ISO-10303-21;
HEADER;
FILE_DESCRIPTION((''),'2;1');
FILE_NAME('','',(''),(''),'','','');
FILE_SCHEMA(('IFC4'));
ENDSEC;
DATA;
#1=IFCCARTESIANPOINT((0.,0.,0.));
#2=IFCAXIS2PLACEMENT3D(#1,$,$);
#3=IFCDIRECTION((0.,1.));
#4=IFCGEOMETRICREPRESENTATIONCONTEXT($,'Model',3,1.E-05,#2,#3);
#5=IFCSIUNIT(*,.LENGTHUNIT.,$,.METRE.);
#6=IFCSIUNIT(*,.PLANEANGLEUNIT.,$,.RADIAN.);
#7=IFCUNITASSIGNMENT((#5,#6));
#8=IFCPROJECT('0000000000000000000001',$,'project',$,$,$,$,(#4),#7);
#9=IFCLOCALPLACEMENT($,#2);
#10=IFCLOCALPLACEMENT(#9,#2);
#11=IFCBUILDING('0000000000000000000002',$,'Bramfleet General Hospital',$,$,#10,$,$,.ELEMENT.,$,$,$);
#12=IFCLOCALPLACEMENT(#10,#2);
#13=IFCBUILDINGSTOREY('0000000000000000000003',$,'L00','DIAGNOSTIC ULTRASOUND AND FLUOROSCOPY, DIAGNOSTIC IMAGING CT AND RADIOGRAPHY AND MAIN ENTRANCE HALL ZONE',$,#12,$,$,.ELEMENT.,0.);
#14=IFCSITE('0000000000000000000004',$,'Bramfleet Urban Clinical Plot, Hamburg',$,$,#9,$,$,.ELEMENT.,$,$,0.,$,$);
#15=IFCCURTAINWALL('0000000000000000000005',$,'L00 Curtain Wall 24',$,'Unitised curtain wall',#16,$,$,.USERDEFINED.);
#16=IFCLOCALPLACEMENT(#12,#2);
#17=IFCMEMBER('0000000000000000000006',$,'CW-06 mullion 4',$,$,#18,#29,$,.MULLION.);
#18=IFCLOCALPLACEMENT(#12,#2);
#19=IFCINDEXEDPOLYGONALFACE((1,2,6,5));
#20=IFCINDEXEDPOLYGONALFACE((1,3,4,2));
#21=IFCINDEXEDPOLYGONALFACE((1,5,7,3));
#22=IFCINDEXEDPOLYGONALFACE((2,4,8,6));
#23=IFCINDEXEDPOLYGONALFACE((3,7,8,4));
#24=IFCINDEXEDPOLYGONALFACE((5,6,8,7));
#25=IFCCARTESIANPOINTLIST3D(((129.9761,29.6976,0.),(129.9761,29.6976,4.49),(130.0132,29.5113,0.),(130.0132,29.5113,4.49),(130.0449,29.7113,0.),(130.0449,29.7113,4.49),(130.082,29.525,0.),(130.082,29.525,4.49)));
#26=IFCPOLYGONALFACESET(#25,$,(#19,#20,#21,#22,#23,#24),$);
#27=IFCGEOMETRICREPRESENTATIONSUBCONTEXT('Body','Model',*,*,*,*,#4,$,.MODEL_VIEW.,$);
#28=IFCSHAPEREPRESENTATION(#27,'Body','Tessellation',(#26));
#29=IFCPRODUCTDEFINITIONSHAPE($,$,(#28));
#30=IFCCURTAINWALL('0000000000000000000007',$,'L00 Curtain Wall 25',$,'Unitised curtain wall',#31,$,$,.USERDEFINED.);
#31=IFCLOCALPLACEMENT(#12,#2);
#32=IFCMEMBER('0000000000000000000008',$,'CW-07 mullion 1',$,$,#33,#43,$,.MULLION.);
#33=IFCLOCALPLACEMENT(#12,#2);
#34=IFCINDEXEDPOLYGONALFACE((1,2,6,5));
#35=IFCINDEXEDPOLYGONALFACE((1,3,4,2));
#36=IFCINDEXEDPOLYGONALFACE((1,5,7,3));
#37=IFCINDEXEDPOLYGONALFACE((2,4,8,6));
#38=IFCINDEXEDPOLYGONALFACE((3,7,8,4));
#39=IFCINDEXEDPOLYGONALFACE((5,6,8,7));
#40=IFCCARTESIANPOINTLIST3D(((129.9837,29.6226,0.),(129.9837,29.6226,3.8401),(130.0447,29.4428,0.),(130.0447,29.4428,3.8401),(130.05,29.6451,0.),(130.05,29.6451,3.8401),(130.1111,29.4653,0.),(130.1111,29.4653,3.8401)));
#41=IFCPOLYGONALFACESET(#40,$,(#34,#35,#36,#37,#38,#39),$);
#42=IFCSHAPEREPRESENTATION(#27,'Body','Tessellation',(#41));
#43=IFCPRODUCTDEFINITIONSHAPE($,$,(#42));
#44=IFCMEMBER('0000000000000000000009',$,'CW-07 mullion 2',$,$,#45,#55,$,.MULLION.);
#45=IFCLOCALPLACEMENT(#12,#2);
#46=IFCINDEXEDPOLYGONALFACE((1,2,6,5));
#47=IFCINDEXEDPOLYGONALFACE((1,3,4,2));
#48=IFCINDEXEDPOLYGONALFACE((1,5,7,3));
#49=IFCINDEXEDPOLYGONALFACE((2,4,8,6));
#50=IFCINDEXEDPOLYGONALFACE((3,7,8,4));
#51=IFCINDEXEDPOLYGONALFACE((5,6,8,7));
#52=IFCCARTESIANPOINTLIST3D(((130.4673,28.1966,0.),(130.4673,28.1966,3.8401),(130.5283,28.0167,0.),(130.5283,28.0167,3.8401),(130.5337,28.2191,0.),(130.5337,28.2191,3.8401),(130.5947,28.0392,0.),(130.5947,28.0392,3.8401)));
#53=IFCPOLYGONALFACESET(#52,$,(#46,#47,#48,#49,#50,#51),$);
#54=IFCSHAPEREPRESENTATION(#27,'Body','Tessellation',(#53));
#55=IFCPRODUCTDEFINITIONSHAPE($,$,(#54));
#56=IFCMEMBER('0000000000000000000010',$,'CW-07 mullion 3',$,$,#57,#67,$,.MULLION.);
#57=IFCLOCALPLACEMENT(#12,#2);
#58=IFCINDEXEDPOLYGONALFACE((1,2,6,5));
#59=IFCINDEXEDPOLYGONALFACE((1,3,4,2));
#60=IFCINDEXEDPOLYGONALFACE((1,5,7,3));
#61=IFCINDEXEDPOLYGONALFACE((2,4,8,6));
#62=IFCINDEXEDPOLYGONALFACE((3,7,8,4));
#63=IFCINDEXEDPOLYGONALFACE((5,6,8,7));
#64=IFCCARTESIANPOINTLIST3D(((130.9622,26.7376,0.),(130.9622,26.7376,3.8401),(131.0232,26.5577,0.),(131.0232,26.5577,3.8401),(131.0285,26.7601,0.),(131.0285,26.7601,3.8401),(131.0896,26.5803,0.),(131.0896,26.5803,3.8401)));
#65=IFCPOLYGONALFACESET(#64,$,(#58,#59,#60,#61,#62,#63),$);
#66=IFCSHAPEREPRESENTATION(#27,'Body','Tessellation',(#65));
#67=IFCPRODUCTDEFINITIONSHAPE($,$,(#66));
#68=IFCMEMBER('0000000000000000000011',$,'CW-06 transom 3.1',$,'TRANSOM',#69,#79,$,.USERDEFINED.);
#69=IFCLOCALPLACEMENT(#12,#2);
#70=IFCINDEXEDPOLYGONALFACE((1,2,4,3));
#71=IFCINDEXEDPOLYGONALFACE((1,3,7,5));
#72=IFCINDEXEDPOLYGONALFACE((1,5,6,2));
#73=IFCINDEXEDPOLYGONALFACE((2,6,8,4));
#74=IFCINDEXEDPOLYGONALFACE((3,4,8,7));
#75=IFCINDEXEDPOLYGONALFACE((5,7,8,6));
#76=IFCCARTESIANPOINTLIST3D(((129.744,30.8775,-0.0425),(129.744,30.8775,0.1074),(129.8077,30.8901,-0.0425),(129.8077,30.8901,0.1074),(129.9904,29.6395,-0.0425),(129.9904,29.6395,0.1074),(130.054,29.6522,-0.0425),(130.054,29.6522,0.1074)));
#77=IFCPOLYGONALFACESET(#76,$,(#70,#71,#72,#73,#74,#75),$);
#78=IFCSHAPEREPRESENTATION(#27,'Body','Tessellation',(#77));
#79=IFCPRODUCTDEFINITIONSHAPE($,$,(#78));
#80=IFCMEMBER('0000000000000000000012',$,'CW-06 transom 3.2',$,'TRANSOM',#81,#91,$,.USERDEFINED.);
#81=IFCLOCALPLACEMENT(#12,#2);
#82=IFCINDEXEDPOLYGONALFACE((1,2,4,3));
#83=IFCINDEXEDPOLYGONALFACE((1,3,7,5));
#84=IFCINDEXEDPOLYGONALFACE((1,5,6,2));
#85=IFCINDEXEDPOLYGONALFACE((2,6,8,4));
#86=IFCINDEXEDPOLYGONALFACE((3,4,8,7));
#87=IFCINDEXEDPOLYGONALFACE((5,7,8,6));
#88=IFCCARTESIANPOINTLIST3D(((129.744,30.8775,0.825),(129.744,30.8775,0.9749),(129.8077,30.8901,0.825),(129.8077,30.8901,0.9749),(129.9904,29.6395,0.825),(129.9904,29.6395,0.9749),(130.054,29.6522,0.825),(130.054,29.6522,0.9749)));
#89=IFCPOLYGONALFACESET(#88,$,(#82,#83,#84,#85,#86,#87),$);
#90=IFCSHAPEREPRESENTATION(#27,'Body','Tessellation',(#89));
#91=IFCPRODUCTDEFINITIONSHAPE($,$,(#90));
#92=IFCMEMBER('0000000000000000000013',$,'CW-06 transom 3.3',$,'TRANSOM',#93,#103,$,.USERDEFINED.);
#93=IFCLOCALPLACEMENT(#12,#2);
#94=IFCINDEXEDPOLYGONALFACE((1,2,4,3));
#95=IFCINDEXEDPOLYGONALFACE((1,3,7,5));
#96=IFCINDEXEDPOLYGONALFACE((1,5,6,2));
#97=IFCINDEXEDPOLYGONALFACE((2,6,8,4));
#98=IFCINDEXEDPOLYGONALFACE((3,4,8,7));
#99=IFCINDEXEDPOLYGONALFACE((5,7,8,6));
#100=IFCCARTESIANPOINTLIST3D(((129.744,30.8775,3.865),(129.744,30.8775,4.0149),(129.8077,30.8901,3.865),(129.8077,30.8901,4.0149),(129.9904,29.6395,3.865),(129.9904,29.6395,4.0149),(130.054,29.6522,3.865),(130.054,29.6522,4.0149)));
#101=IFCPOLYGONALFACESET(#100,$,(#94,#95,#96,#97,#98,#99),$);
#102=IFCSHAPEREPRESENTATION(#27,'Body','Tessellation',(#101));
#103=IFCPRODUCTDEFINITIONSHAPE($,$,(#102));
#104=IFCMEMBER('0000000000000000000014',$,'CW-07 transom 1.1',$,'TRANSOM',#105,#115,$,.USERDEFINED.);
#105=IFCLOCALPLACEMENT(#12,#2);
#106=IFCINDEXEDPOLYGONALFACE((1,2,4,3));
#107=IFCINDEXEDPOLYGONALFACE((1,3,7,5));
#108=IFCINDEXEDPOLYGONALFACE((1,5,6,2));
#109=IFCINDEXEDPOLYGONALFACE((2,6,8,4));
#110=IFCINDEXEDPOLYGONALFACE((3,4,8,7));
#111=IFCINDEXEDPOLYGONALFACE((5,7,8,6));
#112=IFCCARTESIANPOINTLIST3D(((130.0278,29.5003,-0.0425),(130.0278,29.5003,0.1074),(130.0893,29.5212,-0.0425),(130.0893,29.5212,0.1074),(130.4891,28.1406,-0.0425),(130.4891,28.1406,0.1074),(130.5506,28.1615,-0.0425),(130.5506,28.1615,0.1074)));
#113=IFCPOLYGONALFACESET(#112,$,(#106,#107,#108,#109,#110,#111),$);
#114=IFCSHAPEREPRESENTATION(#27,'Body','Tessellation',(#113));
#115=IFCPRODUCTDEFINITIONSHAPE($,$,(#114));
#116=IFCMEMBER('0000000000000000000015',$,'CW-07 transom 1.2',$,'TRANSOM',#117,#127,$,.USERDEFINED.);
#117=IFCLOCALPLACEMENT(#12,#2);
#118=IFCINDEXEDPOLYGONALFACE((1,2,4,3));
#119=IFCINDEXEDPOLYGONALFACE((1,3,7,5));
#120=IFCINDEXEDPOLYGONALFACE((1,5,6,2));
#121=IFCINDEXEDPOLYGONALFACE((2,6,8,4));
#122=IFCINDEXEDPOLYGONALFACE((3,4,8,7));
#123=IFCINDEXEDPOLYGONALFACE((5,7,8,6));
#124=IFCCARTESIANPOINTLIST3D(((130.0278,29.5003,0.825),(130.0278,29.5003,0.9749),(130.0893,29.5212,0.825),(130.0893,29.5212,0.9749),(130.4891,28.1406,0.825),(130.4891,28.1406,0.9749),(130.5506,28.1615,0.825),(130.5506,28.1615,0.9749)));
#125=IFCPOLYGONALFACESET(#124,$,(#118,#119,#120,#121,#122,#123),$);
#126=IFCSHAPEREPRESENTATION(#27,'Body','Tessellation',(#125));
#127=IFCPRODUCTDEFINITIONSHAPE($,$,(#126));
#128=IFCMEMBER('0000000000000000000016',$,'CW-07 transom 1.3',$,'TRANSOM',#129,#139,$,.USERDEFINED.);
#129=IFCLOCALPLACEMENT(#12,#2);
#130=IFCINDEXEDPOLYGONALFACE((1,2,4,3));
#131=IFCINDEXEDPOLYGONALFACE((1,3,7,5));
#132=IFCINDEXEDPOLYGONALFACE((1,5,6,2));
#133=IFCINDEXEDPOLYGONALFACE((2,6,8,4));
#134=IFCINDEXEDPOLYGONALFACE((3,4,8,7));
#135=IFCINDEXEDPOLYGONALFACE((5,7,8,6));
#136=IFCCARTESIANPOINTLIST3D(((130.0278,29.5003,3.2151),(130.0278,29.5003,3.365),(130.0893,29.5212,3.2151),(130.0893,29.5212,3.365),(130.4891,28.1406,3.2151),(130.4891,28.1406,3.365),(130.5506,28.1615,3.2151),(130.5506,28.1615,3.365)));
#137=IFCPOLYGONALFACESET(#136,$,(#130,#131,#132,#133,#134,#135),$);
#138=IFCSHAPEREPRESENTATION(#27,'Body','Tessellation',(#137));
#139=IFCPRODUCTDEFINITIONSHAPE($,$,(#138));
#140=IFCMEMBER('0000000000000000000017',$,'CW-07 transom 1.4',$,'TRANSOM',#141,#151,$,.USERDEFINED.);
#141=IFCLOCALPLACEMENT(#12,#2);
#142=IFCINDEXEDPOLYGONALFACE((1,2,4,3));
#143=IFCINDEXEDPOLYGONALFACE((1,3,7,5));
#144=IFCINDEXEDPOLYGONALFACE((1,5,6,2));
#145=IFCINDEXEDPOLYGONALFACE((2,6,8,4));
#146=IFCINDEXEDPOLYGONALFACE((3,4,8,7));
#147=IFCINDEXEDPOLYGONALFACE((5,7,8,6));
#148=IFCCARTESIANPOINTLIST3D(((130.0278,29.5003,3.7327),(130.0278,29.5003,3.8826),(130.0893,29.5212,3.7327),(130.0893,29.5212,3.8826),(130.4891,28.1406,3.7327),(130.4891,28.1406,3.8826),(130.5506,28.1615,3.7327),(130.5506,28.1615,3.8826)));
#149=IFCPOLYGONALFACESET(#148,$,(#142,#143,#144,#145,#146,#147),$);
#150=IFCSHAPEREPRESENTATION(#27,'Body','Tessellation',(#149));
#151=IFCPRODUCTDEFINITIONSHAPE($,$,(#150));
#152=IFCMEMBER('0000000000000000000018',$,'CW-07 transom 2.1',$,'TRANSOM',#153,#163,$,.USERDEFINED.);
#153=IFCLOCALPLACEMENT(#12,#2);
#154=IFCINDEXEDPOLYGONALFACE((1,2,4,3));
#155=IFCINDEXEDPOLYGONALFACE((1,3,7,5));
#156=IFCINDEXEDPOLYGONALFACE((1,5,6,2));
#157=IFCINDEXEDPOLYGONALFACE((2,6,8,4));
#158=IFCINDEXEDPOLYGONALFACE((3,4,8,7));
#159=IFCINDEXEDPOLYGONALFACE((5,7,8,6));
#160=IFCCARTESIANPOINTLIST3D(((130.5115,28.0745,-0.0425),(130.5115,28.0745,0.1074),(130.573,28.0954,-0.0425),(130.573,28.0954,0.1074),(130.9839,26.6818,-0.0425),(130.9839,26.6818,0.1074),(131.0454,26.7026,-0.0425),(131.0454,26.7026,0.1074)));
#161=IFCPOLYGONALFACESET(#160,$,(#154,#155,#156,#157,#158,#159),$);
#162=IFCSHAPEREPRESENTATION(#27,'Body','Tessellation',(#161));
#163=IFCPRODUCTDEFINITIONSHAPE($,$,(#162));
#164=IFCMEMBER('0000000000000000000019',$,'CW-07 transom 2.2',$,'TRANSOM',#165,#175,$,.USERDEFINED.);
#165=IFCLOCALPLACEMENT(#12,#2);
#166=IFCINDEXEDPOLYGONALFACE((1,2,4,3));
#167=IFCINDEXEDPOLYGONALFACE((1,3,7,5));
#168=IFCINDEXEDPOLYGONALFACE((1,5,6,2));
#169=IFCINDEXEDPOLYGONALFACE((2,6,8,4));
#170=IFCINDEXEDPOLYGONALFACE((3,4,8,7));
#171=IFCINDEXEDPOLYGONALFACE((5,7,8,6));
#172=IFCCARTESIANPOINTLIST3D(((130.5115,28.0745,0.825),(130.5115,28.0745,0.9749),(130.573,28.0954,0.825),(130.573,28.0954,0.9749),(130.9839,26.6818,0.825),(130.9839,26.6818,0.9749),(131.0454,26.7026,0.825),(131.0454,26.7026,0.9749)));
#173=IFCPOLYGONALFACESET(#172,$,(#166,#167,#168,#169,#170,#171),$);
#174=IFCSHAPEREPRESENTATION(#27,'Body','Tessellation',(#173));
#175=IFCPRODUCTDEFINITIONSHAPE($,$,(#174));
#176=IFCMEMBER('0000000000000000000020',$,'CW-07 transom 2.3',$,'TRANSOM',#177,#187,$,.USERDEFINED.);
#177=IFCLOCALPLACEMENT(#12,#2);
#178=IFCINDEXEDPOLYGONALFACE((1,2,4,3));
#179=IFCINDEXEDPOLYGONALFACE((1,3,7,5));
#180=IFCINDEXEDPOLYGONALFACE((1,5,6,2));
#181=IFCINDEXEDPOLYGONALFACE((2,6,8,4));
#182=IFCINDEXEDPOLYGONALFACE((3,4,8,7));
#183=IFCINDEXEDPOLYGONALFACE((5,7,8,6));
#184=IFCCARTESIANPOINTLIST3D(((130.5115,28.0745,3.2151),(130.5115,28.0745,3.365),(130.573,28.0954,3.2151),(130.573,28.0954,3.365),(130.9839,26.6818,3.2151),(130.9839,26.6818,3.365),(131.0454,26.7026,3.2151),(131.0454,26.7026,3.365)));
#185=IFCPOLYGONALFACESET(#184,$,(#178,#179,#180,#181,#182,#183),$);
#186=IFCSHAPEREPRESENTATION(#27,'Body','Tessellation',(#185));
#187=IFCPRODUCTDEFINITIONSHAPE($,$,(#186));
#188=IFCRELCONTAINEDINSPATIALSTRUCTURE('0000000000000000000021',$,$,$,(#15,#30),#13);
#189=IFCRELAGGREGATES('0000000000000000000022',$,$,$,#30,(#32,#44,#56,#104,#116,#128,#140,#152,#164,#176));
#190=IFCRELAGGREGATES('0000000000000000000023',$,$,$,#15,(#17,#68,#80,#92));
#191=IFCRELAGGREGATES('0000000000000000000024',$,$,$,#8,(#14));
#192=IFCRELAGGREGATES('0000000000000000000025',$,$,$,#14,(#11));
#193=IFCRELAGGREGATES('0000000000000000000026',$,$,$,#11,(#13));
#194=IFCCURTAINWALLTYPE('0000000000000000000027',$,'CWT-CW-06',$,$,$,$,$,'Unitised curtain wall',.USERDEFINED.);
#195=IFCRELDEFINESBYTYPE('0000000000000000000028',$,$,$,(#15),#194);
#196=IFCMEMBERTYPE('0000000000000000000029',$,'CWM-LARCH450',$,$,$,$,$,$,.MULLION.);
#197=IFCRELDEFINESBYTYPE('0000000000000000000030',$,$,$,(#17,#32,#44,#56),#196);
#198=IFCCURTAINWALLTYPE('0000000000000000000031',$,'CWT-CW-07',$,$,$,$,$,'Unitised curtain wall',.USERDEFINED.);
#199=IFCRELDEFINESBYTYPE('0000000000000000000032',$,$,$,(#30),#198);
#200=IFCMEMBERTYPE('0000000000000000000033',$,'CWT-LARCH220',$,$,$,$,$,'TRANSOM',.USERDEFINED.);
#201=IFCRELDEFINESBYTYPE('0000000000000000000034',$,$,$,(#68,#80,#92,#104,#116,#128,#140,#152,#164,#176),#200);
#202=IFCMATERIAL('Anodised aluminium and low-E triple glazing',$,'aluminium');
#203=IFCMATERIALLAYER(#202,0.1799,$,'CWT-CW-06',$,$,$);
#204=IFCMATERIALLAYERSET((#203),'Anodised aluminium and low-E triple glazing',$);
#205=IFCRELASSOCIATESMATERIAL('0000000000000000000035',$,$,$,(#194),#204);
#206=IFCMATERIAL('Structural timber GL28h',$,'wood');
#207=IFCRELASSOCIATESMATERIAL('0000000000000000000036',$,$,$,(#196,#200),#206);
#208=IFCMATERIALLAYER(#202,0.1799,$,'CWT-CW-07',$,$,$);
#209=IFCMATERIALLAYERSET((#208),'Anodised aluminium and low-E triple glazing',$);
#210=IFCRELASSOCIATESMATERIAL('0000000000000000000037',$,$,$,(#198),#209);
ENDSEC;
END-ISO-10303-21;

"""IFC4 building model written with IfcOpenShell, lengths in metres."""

from ifc_helpers import new_model, si_unit, direction, frame, origin, origin_2d, place, context, subcontext, project, spatial, rectangle, extrude, material, layer, layer_set, material_profile, profile_set, type_object, element, aggregate, save


model = new_model("IFC4")

# Units and contexts
model_context = context("Model", 3, precision=1e-05, world=origin(), true_north=direction((0.0, 1.0)))
body_context = subcontext(model_context, "Body", "Model", "MODEL_VIEW")
ifc_project = project(units=[si_unit("LENGTHUNIT", "METRE"), si_unit("PLANEANGLEUNIT", "RADIAN")], contexts=[model_context])

# Site, building, storey
site_placement = place(None, origin())
site = spatial("IfcSite", under=ifc_project, at=site_placement, Name="Bramfleet Urban Clinical Plot, Hamburg", CompositionType="ELEMENT", RefElevation=0.0)
building_placement = place(site_placement, origin())
building = spatial("IfcBuilding", under=site, at=building_placement, Name="Bramfleet General Hospital", CompositionType="ELEMENT")
storey_placement = place(building_placement, origin())
storey = spatial("IfcBuildingStorey", under=building, at=storey_placement, Name="L00", Description="DIAGNOSTIC ULTRASOUND AND FLUOROSCOPY, DIAGNOSTIC IMAGING CT AND RADIOGRAPHY AND MAIN ENTRANCE HALL ZONE", CompositionType="ELEMENT", Elevation=0.0)

# Curtain wall, member
ifc_material_1 = material(Name="Anodised aluminium and low-E triple glazing", Category="aluminium")
ifc_layer_1 = layer(ifc_material_1, 0.1799, Name="CWT-CW-06")
ifc_layer_set_1 = layer_set([ifc_layer_1], Name="Anodised aluminium and low-E triple glazing")
curtain_wall_type_1 = type_object("IfcCurtainWallType", Name="CWT-CW-06", ElementType="Unitised curtain wall", PredefinedType="USERDEFINED", material=ifc_layer_set_1)
curtain_wall_1_placement = place(storey_placement, origin())
curtain_wall_1 = element("IfcCurtainWall", 1, at=curtain_wall_1_placement, inside=storey, type_object=curtain_wall_type_1, Name="L00 Curtain Wall 24", ObjectType="Unitised curtain wall", PredefinedType="USERDEFINED")
ifc_material_2 = material(Name="Structural timber GL28h", Category="wood")
ifc_material_profile_1 = material_profile(ifc_material_2, rectangle(XDim=0.0701, YDim=0.1899, at=origin_2d()), Name="LARCH 190x70")
ifc_profile_set_1 = profile_set([ifc_material_profile_1], Name="Structural timber GL28h")
member_type_1 = type_object("IfcMemberType", Name="CWM-LARCH450", PredefinedType="MULLION", material=ifc_profile_set_1)
member_1_placement = place(storey_placement, frame((130.0291, 29.6113, 0.0), z_axis=(0.0, 0.0, 1.0), x_axis=(0.980749, 0.195272, 0.0)))
member_1 = element("IfcMember", 2, at=member_1_placement, type_object=member_type_1, Name="CW-06 mullion 4", PredefinedType="MULLION", context=body_context, shape_type="SweptSolid", body=[
    extrude(rectangle(XDim=0.0701, YDim=0.1899, at=origin_2d()), origin(), (0.0, 0.0, 1.0), 4.49),
])

# Curtain wall, members
ifc_layer_2 = layer(ifc_material_1, 0.1799, Name="CWT-CW-07")
ifc_layer_set_2 = layer_set([ifc_layer_2], Name="Anodised aluminium and low-E triple glazing")
curtain_wall_type_2 = type_object("IfcCurtainWallType", Name="CWT-CW-07", ElementType="Unitised curtain wall", PredefinedType="USERDEFINED", material=ifc_layer_set_2)
curtain_wall_2_placement = place(storey_placement, origin())
curtain_wall_2 = element("IfcCurtainWall", 3, at=curtain_wall_2_placement, inside=storey, type_object=curtain_wall_type_2, Name="L00 Curtain Wall 25", ObjectType="Unitised curtain wall", PredefinedType="USERDEFINED")
member_2_placement = place(storey_placement, frame((130.0474, 29.5439, 0.0), z_axis=(0.0, 0.0, 1.0), x_axis=(0.946982, 0.321286, 0.0)))
member_2 = element("IfcMember", 4, at=member_2_placement, type_object=member_type_1, Name="CW-07 mullion 1", PredefinedType="MULLION", context=body_context, shape_type="SweptSolid", body=[
    extrude(rectangle(XDim=0.0701, YDim=0.1899, at=origin_2d()), origin(), (0.0, 0.0, 1.0), 3.8401),
])
member_3_placement = place(storey_placement, frame((130.531, 28.1179, 0.0), z_axis=(0.0, 0.0, 1.0), x_axis=(0.946982, 0.321286, 0.0)))
member_3 = element("IfcMember", 5, at=member_3_placement, type_object=member_type_1, Name="CW-07 mullion 2", PredefinedType="MULLION", context=body_context, shape_type="SweptSolid", body=[
    extrude(rectangle(XDim=0.0701, YDim=0.1899, at=origin_2d()), origin(), (0.0, 0.0, 1.0), 3.8401),
])
member_4_placement = place(storey_placement, frame((131.0259, 26.6589, 0.0), z_axis=(0.0, 0.0, 1.0), x_axis=(0.946982, 0.321286, 0.0)))
member_4 = element("IfcMember", 6, at=member_4_placement, type_object=member_type_1, Name="CW-07 mullion 3", PredefinedType="MULLION", context=body_context, shape_type="SweptSolid", body=[
    extrude(rectangle(XDim=0.0701, YDim=0.1899, at=origin_2d()), origin(), (0.0, 0.0, 1.0), 3.8401),
])

# Members
ifc_material_profile_2 = material_profile(ifc_material_2, rectangle(XDim=0.0649, YDim=0.1499, at=origin_2d()), Name="LARCH 150x65")
ifc_profile_set_2 = profile_set([ifc_material_profile_2], Name="Structural timber GL28h")
member_type_2 = type_object("IfcMemberType", Name="CWT-LARCH220", ElementType="TRANSOM", PredefinedType="USERDEFINED", material=ifc_profile_set_2)
member_5_placement = place(storey_placement, frame((129.7759, 30.8838, 0.0325), z_axis=(0.195149, -0.980774, 0.0), x_axis=(0.980774, 0.195149, 0.0)))
member_5 = element("IfcMember", 7, at=member_5_placement, type_object=member_type_2, Name="CW-06 transom 3.1", ObjectType="TRANSOM", PredefinedType="USERDEFINED", context=body_context, shape_type="SweptSolid", body=[
    extrude(rectangle(XDim=0.0649, YDim=0.1499, at=origin_2d()), origin(), (0.0, 0.0, 1.0), 1.2622),
])
member_6_placement = place(storey_placement, frame((129.7759, 30.8838, 0.8999), z_axis=(0.195149, -0.980774, 0.0), x_axis=(0.980774, 0.195149, 0.0)))
member_6 = element("IfcMember", 8, at=member_6_placement, type_object=member_type_2, Name="CW-06 transom 3.2", ObjectType="TRANSOM", PredefinedType="USERDEFINED", context=body_context, shape_type="SweptSolid", body=[
    extrude(rectangle(XDim=0.0649, YDim=0.1499, at=origin_2d()), origin(), (0.0, 0.0, 1.0), 1.2622),
])
member_7_placement = place(storey_placement, frame((129.7759, 30.8838, 3.9399), z_axis=(0.195149, -0.980774, 0.0), x_axis=(0.980774, 0.195149, 0.0)))
member_7 = element("IfcMember", 9, at=member_7_placement, type_object=member_type_2, Name="CW-06 transom 3.3", ObjectType="TRANSOM", PredefinedType="USERDEFINED", context=body_context, shape_type="SweptSolid", body=[
    extrude(rectangle(XDim=0.0649, YDim=0.1499, at=origin_2d()), origin(), (0.0, 0.0, 1.0), 1.2622),
])
member_8_placement = place(storey_placement, frame((130.0586, 29.5107, 0.0325), z_axis=(0.321223, -0.947004, 0.0), x_axis=(0.947004, 0.321223, 0.0)))
member_8 = element("IfcMember", 10, at=member_8_placement, type_object=member_type_2, Name="CW-07 transom 1.1", ObjectType="TRANSOM", PredefinedType="USERDEFINED", context=body_context, shape_type="SweptSolid", body=[
    extrude(rectangle(XDim=0.0649, YDim=0.1499, at=origin_2d()), origin(), (0.0, 0.0, 1.0), 1.4358),
])
member_9_placement = place(storey_placement, frame((130.0586, 29.5107, 0.8999), z_axis=(0.321223, -0.947004, 0.0), x_axis=(0.947004, 0.321223, 0.0)))
member_9 = element("IfcMember", 11, at=member_9_placement, type_object=member_type_2, Name="CW-07 transom 1.2", ObjectType="TRANSOM", PredefinedType="USERDEFINED", context=body_context, shape_type="SweptSolid", body=[
    extrude(rectangle(XDim=0.0649, YDim=0.1499, at=origin_2d()), origin(), (0.0, 0.0, 1.0), 1.4358),
])
member_10_placement = place(storey_placement, frame((130.0586, 29.5107, 3.29), z_axis=(0.321223, -0.947004, 0.0), x_axis=(0.947004, 0.321223, 0.0)))
member_10 = element("IfcMember", 12, at=member_10_placement, type_object=member_type_2, Name="CW-07 transom 1.3", ObjectType="TRANSOM", PredefinedType="USERDEFINED", context=body_context, shape_type="SweptSolid", body=[
    extrude(rectangle(XDim=0.0649, YDim=0.1499, at=origin_2d()), origin(), (0.0, 0.0, 1.0), 1.4358),
])
member_11_placement = place(storey_placement, frame((130.0586, 29.5107, 3.8076), z_axis=(0.321223, -0.947004, 0.0), x_axis=(0.947004, 0.321223, 0.0)))
member_11 = element("IfcMember", 13, at=member_11_placement, type_object=member_type_2, Name="CW-07 transom 1.4", ObjectType="TRANSOM", PredefinedType="USERDEFINED", context=body_context, shape_type="SweptSolid", body=[
    extrude(rectangle(XDim=0.0649, YDim=0.1499, at=origin_2d()), origin(), (0.0, 0.0, 1.0), 1.4358),
])
member_12_placement = place(storey_placement, frame((130.5422, 28.085, 0.0325), z_axis=(0.321203, -0.94701, 0.0), x_axis=(0.94701, 0.321203, 0.0)))
member_12 = element("IfcMember", 14, at=member_12_placement, type_object=member_type_2, Name="CW-07 transom 2.1", ObjectType="TRANSOM", PredefinedType="USERDEFINED", context=body_context, shape_type="SweptSolid", body=[
    extrude(rectangle(XDim=0.0649, YDim=0.1499, at=origin_2d()), origin(), (0.0, 0.0, 1.0), 1.4707),
])
member_13_placement = place(storey_placement, frame((130.5422, 28.085, 0.8999), z_axis=(0.321203, -0.94701, 0.0), x_axis=(0.94701, 0.321203, 0.0)))
member_13 = element("IfcMember", 15, at=member_13_placement, type_object=member_type_2, Name="CW-07 transom 2.2", ObjectType="TRANSOM", PredefinedType="USERDEFINED", context=body_context, shape_type="SweptSolid", body=[
    extrude(rectangle(XDim=0.0649, YDim=0.1499, at=origin_2d()), origin(), (0.0, 0.0, 1.0), 1.4707),
])
member_14_placement = place(storey_placement, frame((130.5422, 28.085, 3.29), z_axis=(0.321203, -0.94701, 0.0), x_axis=(0.94701, 0.321203, 0.0)))
member_14 = element("IfcMember", 16, at=member_14_placement, type_object=member_type_2, Name="CW-07 transom 2.3", ObjectType="TRANSOM", PredefinedType="USERDEFINED", context=body_context, shape_type="SweptSolid", body=[
    extrude(rectangle(XDim=0.0649, YDim=0.1499, at=origin_2d()), origin(), (0.0, 0.0, 1.0), 1.4707),
])

aggregate(curtain_wall_2, [member_2, member_3, member_4, member_8, member_9, member_10, member_11, member_12, member_13, member_14])
aggregate(curtain_wall_1, [member_1, member_5, member_6, member_7])

save(model, "model.ifc")
